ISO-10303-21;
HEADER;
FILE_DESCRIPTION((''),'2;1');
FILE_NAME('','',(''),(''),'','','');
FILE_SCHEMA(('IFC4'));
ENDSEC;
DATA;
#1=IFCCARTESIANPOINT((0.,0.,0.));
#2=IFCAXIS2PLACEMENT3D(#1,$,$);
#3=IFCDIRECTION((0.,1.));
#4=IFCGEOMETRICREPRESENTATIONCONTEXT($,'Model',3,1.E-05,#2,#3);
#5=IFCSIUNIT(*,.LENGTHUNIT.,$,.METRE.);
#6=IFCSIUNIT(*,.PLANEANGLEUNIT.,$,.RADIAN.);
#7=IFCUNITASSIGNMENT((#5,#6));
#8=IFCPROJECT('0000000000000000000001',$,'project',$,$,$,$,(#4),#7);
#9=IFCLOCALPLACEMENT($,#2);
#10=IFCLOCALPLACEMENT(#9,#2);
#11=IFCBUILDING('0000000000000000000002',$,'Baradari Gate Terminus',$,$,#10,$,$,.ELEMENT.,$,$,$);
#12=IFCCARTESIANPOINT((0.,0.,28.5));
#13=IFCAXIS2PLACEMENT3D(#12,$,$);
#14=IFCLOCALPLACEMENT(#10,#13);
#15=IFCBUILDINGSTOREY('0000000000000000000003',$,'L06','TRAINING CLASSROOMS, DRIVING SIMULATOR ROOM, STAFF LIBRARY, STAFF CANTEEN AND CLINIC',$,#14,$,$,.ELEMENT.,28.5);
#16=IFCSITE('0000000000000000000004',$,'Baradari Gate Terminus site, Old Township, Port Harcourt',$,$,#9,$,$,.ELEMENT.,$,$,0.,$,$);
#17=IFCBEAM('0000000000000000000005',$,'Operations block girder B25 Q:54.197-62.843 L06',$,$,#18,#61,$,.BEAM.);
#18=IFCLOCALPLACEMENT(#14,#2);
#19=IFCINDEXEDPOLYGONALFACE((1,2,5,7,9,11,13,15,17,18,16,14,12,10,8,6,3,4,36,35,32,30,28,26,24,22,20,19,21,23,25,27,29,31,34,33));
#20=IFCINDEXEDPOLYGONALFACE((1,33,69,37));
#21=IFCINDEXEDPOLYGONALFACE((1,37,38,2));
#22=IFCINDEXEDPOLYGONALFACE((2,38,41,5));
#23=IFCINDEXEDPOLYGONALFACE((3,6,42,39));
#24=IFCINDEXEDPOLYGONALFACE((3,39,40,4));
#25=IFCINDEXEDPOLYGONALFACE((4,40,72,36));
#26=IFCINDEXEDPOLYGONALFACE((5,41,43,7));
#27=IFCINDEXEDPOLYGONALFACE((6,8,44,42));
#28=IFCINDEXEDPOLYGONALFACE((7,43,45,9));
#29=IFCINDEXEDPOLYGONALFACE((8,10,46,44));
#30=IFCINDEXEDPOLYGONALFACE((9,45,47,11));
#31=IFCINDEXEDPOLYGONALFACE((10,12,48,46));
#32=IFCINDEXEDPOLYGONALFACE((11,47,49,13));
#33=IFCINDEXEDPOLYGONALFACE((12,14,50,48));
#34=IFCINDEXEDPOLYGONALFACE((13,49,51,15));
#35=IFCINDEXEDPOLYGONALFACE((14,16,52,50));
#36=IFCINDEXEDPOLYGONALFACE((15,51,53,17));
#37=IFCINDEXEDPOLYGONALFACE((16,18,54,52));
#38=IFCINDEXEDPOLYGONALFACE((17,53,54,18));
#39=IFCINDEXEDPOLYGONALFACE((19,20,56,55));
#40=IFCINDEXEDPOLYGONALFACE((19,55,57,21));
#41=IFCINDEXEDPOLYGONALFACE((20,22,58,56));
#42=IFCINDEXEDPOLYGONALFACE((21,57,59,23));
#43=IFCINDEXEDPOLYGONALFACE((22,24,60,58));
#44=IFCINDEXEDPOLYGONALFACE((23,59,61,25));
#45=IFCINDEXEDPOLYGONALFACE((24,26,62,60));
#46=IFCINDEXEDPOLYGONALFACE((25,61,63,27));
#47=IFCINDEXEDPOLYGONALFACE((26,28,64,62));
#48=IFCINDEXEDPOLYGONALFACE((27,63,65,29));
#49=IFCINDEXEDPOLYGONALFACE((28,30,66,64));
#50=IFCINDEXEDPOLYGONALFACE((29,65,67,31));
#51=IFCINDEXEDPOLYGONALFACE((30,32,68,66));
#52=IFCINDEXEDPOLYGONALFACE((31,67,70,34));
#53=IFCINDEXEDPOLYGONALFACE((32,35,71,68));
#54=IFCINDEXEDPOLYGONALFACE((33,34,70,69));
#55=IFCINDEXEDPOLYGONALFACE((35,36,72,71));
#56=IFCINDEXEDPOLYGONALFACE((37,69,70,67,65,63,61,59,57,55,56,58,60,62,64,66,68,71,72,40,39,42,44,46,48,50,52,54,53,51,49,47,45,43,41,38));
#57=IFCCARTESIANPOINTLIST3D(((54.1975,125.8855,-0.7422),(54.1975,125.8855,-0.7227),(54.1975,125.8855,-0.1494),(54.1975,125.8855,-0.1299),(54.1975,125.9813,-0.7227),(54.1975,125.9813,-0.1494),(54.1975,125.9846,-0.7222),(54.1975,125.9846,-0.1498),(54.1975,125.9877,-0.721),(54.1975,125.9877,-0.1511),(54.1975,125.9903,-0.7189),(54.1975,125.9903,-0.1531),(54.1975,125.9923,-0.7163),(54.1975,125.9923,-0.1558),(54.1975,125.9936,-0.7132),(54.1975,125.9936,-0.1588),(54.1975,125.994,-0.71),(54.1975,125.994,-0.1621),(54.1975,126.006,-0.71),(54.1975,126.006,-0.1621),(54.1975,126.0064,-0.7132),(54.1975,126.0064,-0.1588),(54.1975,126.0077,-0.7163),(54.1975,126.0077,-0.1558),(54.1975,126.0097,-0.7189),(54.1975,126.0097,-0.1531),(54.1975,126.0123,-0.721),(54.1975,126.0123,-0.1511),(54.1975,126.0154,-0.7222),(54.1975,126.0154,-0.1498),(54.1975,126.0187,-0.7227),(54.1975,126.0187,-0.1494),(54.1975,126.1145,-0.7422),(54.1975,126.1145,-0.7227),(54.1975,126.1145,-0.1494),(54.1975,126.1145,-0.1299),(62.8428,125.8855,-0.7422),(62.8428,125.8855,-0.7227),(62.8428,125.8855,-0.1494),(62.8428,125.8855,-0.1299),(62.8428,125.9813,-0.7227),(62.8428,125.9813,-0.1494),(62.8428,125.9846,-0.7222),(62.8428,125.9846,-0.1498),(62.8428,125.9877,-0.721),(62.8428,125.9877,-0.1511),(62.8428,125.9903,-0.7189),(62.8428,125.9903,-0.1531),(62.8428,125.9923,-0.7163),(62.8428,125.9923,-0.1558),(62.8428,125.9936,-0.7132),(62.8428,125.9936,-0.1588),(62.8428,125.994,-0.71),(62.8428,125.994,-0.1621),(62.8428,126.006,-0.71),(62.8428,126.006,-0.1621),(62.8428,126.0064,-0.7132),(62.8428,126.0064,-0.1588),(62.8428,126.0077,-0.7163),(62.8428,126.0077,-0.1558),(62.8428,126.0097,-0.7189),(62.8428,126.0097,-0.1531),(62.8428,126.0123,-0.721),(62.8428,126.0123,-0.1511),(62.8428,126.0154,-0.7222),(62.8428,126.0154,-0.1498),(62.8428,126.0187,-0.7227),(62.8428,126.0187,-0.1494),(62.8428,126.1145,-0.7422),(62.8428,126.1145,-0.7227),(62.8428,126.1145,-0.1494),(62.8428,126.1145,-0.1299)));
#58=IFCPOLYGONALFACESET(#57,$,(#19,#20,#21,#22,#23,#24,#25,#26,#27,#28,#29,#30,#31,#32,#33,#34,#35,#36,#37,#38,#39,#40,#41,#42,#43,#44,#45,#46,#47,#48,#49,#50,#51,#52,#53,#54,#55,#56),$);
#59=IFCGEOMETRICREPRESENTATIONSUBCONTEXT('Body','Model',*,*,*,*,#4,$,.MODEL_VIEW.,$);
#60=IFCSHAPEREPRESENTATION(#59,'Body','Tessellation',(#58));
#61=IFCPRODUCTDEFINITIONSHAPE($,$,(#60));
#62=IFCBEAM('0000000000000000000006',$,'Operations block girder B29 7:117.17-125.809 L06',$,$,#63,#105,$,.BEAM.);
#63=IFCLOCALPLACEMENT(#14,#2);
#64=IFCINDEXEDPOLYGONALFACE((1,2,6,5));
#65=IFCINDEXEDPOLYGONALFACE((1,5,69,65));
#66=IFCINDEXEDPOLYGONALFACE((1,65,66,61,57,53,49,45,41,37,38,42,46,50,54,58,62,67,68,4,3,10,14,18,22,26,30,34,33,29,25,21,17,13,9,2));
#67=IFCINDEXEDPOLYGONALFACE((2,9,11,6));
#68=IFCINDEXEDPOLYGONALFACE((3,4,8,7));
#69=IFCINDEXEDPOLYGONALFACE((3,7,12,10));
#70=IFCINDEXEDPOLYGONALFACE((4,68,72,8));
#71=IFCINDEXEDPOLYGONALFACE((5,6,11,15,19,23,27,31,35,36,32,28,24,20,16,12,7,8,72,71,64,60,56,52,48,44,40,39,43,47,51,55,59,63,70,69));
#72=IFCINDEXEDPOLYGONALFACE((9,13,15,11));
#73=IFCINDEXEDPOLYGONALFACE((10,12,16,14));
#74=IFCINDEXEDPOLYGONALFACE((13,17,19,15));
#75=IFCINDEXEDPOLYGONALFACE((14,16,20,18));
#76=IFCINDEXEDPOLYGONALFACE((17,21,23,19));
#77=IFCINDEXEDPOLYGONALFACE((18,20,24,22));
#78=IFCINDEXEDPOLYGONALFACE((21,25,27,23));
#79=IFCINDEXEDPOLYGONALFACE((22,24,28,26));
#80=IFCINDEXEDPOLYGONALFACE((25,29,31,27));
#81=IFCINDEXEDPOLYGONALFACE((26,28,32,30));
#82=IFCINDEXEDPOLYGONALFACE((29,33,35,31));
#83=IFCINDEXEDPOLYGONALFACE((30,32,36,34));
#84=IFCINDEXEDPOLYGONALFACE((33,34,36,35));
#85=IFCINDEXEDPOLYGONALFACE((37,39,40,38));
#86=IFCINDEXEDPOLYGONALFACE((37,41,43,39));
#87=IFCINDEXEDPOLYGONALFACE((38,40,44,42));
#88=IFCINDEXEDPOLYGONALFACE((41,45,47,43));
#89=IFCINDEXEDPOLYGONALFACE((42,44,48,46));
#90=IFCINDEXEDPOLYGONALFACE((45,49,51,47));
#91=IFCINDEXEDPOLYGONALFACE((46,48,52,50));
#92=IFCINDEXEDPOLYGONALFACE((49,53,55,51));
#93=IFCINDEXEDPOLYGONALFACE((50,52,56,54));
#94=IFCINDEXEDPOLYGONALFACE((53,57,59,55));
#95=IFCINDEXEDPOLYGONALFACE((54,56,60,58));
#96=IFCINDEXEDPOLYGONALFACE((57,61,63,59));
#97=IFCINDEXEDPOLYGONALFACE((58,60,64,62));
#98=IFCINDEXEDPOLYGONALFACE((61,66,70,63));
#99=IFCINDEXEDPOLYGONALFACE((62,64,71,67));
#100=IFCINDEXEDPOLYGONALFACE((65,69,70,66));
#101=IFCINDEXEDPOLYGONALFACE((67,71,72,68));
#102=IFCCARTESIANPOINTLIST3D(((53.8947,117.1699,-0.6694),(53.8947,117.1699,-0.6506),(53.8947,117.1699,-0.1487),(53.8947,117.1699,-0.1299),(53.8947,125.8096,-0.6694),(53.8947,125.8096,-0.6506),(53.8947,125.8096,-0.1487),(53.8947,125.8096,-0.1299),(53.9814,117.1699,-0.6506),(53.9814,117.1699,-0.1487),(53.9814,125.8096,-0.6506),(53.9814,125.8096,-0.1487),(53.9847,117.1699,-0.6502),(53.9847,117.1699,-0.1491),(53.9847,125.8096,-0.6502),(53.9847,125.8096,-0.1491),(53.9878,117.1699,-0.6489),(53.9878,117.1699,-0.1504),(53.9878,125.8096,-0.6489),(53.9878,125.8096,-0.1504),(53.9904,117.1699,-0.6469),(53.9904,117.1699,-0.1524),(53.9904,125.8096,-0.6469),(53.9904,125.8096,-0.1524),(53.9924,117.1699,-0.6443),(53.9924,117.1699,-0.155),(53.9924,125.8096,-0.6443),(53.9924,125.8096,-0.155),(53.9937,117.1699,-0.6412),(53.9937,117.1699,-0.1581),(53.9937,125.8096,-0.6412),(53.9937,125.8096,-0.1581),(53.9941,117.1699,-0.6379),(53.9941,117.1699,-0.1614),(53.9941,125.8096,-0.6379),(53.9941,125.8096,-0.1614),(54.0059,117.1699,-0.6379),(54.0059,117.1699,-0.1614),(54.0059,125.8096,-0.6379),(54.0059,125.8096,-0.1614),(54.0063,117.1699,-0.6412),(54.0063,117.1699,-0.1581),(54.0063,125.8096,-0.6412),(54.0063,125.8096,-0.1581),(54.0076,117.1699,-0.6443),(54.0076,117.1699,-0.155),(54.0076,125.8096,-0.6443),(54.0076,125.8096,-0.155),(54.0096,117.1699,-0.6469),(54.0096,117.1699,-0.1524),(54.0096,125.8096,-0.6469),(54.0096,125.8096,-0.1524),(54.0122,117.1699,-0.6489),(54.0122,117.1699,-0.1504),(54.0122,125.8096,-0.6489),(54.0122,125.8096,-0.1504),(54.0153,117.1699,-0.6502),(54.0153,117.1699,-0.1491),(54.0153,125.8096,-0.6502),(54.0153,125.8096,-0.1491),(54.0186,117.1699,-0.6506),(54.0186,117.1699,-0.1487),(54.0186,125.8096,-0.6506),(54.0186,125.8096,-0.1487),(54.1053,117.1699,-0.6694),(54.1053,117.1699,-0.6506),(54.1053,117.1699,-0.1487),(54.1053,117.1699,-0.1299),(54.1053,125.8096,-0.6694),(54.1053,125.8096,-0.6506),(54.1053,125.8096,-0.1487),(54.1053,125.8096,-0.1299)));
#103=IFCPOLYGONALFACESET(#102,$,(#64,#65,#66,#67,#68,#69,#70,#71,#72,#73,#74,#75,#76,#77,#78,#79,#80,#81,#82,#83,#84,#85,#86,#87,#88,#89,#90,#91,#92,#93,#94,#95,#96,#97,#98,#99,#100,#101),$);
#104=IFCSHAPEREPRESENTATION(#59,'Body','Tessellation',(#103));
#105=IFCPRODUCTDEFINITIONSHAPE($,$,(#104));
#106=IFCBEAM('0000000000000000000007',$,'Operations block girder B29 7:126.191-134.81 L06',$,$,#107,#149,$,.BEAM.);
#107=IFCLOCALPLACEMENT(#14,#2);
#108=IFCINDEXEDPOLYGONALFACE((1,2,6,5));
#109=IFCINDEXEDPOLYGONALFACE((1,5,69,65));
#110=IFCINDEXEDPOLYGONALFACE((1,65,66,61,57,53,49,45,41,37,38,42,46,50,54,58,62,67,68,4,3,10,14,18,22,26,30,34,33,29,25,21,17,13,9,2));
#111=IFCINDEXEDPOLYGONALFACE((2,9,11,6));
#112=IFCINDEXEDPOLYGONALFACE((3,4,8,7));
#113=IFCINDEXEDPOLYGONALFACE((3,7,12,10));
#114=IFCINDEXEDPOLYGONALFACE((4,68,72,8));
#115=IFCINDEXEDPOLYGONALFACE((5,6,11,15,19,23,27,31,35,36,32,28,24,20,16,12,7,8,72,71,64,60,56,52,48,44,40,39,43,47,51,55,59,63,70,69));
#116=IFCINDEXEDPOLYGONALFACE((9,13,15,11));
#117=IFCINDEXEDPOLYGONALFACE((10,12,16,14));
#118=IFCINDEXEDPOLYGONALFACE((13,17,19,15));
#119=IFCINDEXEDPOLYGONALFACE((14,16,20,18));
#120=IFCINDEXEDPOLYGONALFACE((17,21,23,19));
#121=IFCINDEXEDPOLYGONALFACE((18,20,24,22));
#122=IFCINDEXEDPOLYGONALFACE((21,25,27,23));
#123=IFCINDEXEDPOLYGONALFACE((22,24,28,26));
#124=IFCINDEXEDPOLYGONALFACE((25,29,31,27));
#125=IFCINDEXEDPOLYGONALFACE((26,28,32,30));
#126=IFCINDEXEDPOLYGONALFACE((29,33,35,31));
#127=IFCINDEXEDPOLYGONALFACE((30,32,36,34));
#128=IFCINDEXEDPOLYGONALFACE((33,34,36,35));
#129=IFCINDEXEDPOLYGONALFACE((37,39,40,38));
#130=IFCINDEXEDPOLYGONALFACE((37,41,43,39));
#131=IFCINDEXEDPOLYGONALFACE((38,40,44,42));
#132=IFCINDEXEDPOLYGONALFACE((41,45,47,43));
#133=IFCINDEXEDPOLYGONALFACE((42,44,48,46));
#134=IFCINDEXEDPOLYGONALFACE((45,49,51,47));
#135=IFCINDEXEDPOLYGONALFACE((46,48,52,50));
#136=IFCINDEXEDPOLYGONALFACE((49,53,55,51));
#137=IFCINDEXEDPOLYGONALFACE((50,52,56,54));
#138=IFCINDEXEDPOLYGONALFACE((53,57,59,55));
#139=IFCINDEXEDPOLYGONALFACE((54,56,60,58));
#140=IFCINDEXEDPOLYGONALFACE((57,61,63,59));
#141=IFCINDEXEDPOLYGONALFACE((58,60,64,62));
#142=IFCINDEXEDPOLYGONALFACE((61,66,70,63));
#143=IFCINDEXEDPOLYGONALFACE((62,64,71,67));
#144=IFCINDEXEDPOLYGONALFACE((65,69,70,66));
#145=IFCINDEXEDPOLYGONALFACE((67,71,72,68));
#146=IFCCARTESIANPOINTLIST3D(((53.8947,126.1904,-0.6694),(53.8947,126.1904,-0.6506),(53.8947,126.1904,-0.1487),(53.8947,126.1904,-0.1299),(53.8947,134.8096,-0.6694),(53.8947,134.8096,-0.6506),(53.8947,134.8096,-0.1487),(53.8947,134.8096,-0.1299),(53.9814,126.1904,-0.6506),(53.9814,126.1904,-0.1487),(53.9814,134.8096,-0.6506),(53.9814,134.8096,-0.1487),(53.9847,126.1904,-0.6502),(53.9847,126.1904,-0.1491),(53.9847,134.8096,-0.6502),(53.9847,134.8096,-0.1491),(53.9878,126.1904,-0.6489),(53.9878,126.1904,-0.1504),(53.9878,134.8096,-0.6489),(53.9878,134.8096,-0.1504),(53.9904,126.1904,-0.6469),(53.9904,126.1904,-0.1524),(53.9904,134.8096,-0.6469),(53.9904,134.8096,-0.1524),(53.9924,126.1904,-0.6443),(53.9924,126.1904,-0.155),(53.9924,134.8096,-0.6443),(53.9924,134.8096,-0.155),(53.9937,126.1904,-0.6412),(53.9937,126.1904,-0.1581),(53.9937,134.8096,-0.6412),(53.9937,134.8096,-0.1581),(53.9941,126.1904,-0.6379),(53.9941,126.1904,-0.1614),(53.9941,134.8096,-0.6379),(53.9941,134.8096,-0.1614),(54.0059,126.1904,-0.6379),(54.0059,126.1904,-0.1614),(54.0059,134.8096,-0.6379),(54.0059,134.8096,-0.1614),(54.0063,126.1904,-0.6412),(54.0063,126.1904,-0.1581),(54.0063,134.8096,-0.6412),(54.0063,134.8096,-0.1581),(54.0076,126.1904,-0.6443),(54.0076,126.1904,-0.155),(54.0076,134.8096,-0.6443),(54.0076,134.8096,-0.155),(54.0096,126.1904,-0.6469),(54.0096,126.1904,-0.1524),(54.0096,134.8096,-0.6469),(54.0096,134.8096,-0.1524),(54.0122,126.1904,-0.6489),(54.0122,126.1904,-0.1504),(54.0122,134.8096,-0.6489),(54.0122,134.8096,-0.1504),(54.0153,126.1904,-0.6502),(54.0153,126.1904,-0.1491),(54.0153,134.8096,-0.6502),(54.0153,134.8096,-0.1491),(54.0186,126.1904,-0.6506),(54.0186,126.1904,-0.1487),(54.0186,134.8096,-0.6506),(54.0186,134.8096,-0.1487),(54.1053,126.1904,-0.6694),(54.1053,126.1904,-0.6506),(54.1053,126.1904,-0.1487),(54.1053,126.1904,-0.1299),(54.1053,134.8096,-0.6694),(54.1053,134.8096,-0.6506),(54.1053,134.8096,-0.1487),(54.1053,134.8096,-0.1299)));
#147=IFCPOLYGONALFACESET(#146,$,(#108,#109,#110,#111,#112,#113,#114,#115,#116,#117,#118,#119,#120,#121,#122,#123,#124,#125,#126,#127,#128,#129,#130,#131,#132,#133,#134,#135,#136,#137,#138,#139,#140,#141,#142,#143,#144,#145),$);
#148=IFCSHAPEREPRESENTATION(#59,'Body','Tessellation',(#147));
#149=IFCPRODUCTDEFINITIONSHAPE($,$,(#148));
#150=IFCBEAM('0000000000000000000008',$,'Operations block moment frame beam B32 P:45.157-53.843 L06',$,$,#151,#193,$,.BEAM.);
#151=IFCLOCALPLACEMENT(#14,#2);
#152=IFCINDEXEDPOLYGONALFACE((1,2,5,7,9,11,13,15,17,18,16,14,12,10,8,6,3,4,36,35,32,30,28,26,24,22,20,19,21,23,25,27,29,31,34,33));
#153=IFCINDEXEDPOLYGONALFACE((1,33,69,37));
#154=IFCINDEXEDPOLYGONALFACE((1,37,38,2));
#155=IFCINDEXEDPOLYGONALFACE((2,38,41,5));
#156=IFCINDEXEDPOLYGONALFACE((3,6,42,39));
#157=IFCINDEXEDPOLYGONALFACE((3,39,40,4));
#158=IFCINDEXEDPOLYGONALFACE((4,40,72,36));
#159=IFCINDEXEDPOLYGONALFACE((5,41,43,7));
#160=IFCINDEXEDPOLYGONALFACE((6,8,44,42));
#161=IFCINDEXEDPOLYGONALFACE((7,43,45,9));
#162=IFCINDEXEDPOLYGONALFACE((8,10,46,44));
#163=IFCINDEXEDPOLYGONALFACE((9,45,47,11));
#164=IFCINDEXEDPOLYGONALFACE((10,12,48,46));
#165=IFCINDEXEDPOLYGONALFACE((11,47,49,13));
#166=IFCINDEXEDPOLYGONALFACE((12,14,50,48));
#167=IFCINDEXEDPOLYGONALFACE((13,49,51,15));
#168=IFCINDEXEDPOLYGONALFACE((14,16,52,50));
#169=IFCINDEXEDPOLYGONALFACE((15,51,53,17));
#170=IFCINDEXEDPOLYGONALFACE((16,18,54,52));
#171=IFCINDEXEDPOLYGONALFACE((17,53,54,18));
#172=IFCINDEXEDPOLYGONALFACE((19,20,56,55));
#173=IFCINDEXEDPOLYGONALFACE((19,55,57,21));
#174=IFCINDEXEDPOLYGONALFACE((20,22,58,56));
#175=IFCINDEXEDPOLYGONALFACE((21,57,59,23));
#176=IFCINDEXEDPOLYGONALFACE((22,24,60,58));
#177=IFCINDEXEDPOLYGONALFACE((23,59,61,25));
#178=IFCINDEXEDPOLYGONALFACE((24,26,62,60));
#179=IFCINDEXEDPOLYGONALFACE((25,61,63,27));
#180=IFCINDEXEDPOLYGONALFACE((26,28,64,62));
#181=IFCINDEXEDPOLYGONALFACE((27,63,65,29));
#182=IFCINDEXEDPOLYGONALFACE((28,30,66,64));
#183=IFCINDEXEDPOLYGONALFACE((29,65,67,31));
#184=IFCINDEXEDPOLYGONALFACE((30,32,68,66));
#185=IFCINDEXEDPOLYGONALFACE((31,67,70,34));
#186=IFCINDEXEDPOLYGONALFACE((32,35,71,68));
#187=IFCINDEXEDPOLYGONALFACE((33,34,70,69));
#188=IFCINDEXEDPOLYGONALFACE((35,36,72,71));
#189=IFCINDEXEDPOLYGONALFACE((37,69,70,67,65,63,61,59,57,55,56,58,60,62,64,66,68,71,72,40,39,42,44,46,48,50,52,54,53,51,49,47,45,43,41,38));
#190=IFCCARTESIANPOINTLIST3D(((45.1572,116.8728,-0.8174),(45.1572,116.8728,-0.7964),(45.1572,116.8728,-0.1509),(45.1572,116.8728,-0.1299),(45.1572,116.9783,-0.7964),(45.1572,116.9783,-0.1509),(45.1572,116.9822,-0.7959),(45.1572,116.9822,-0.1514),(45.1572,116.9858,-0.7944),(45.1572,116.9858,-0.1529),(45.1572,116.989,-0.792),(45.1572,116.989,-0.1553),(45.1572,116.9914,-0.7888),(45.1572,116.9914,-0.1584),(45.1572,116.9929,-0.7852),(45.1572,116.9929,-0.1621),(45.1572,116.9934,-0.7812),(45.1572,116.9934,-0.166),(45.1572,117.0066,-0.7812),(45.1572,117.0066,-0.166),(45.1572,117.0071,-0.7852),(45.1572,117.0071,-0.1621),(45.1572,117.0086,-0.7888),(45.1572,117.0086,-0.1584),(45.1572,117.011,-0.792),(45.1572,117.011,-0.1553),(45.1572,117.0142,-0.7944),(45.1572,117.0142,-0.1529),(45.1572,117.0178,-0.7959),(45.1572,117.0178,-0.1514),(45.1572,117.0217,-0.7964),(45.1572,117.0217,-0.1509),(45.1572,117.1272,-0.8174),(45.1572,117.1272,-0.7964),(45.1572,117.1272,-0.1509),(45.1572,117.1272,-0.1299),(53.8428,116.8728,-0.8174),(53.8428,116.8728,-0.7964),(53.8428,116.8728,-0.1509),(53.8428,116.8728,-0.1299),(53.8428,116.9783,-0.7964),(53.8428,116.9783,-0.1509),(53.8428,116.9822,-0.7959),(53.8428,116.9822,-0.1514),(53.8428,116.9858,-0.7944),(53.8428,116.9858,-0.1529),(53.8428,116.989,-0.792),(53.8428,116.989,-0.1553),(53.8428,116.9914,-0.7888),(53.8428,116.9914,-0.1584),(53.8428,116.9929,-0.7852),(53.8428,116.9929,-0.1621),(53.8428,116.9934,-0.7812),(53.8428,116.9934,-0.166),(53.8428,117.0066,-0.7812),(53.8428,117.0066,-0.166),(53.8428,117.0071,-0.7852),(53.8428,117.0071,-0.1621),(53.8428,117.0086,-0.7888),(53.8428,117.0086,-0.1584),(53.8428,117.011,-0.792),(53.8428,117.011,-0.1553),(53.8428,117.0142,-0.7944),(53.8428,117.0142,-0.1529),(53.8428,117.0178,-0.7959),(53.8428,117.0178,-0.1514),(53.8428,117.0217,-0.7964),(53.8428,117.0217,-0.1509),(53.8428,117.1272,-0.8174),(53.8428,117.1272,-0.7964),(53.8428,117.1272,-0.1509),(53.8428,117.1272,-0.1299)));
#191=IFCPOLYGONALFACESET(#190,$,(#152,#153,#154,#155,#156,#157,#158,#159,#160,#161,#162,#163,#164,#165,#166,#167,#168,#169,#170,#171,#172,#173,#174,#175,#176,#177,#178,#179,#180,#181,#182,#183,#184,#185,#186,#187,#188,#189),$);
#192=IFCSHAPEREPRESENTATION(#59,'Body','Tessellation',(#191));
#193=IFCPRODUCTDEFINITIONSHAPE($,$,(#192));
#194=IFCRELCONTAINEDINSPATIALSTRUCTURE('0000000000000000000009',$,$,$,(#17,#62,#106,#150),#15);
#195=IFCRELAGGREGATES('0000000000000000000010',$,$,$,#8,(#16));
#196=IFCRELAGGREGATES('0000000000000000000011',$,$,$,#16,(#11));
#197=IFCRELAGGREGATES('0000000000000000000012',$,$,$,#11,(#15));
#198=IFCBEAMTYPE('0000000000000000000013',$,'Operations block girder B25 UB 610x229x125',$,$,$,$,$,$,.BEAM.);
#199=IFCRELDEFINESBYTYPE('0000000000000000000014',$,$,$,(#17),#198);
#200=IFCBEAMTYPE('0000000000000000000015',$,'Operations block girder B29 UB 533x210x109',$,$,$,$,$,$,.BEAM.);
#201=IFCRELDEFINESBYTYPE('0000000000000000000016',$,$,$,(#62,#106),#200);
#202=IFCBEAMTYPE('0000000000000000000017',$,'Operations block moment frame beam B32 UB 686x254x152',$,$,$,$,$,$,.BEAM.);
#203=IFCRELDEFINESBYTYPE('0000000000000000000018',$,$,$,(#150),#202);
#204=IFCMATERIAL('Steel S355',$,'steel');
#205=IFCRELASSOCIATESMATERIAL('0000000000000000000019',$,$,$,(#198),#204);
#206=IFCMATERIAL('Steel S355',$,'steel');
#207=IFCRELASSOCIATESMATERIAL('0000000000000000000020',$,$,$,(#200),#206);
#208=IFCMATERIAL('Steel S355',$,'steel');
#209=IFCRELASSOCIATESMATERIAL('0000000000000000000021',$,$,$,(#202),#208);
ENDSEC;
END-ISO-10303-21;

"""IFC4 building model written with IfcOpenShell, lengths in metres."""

from ifc_helpers import new_model, si_unit, direction, frame, origin, origin_2d, place, context, subcontext, project, spatial, i_section, extrude, material, material_profile, profile_set, type_object, element, save


model = new_model("IFC4")

# Units and contexts
model_context = context("Model", 3, precision=1e-05, world=origin(), true_north=direction((0.0, 1.0)))
body_context = subcontext(model_context, "Body", "Model", "MODEL_VIEW")
ifc_project = project(units=[si_unit("LENGTHUNIT", "METRE"), si_unit("PLANEANGLEUNIT", "RADIAN")], contexts=[model_context])

# Site, building, storey
site_placement = place(None, origin())
site = spatial("IfcSite", under=ifc_project, at=site_placement, Name="Baradari Gate Terminus site, Old Township, Port Harcourt", CompositionType="ELEMENT", RefElevation=0.0)
building_placement = place(site_placement, origin())
building = spatial("IfcBuilding", under=site, at=building_placement, Name="Baradari Gate Terminus", CompositionType="ELEMENT")
storey_placement = place(building_placement, frame((0.0, 0.0, 28.5)))
storey = spatial("IfcBuildingStorey", under=building, at=storey_placement, Name="L06", Description="TRAINING CLASSROOMS, DRIVING SIMULATOR ROOM, STAFF LIBRARY, STAFF CANTEEN AND CLINIC", CompositionType="ELEMENT", Elevation=28.5)

# Beams
ifc_material_1 = material(Name="Steel S355", Category="steel")
ifc_material_profile_1 = material_profile(ifc_material_1, i_section(OverallWidth=0.229, OverallDepth=0.6123, WebThickness=0.012, FlangeThickness=0.0195, FilletRadius=0.0127, at=origin_2d()), Name="UB 610x229x125")
ifc_profile_set_1 = profile_set([ifc_material_profile_1], Name="Steel S355")
beam_type_1 = type_object("IfcBeamType", Name="Operations block girder B25 UB 610x229x125", PredefinedType="BEAM", material=ifc_profile_set_1)
beam_1_placement = place(storey_placement, frame((54.1975, 126.0, -0.436), z_axis=(1.0, 0.0, 0.0), x_axis=(0.0, 1.0, 0.0)))
element("IfcBeam", 1, at=beam_1_placement, inside=storey, type_object=beam_type_1, Name="Operations block girder B25 Q:54.197-62.843 L06", PredefinedType="BEAM", context=body_context, shape_type="SweptSolid", body=[
    extrude(i_section(OverallWidth=0.229, OverallDepth=0.6123, WebThickness=0.012, FlangeThickness=0.0195, FilletRadius=0.0127, at=origin_2d()), origin(), (0.0, 0.0, 1.0), 8.6453),
])
ifc_material_2 = material(Name="Steel S355", Category="steel")
ifc_material_profile_2 = material_profile(ifc_material_2, i_section(OverallWidth=0.2107, OverallDepth=0.5396, WebThickness=0.0117, FlangeThickness=0.0188, FilletRadius=0.0127, at=origin_2d()), Name="UB 533x210x109")
ifc_profile_set_2 = profile_set([ifc_material_profile_2], Name="Steel S355")
beam_type_2 = type_object("IfcBeamType", Name="Operations block girder B29 UB 533x210x109", PredefinedType="BEAM", material=ifc_profile_set_2)
beam_2_placement = place(storey_placement, frame((54.0, 117.1699, -0.3997), z_axis=(0.0, 1.0, 0.0), x_axis=(-1.0, 0.0, 0.0)))
element("IfcBeam", 2, at=beam_2_placement, inside=storey, type_object=beam_type_2, Name="Operations block girder B29 7:117.17-125.809 L06", PredefinedType="BEAM", context=body_context, shape_type="SweptSolid", body=[
    extrude(i_section(OverallWidth=0.2107, OverallDepth=0.5396, WebThickness=0.0117, FlangeThickness=0.0188, FilletRadius=0.0127, at=origin_2d()), origin(), (0.0, 0.0, 1.0), 8.6396),
])
beam_3_placement = place(storey_placement, frame((54.0, 126.1904, -0.3997), z_axis=(0.0, 1.0, 0.0), x_axis=(-1.0, 0.0, 0.0)))
element("IfcBeam", 3, at=beam_3_placement, inside=storey, type_object=beam_type_2, Name="Operations block girder B29 7:126.191-134.81 L06", PredefinedType="BEAM", context=body_context, shape_type="SweptSolid", body=[
    extrude(i_section(OverallWidth=0.2107, OverallDepth=0.5396, WebThickness=0.0117, FlangeThickness=0.0188, FilletRadius=0.0127, at=origin_2d()), origin(), (0.0, 0.0, 1.0), 8.6191),
])
ifc_material_3 = material(Name="Steel S355", Category="steel")
ifc_material_profile_3 = material_profile(ifc_material_3, i_section(OverallWidth=0.2544, OverallDepth=0.6875, WebThickness=0.0132, FlangeThickness=0.021, FilletRadius=0.0151, at=origin_2d()), Name="UB 686x254x152")
ifc_profile_set_3 = profile_set([ifc_material_profile_3], Name="Steel S355")
beam_type_3 = type_object("IfcBeamType", Name="Operations block moment frame beam B32 UB 686x254x152", PredefinedType="BEAM", material=ifc_profile_set_3)
for number, where, z_axis, x_axis, name in (
    (4, (45.1572, 117.0, -0.4736), (1.0, 0.0, 0.0), (0.0, 1.0, 0.0), "Operations block moment frame beam B32 P:45.157-53.843 L06"),
):
    element("IfcBeam", number, at=place(storey_placement, frame(where, z_axis=z_axis, x_axis=x_axis)), inside=storey, type_object=beam_type_3, Name=name, PredefinedType="BEAM", context=body_context, shape_type="SweptSolid", body=[
        extrude(i_section(OverallWidth=0.2544, OverallDepth=0.6875, WebThickness=0.0132, FlangeThickness=0.021, FilletRadius=0.0151, at=origin_2d()), origin(), (0.0, 0.0, 1.0), 8.6855),
    ])

save(model, "model.ifc")
